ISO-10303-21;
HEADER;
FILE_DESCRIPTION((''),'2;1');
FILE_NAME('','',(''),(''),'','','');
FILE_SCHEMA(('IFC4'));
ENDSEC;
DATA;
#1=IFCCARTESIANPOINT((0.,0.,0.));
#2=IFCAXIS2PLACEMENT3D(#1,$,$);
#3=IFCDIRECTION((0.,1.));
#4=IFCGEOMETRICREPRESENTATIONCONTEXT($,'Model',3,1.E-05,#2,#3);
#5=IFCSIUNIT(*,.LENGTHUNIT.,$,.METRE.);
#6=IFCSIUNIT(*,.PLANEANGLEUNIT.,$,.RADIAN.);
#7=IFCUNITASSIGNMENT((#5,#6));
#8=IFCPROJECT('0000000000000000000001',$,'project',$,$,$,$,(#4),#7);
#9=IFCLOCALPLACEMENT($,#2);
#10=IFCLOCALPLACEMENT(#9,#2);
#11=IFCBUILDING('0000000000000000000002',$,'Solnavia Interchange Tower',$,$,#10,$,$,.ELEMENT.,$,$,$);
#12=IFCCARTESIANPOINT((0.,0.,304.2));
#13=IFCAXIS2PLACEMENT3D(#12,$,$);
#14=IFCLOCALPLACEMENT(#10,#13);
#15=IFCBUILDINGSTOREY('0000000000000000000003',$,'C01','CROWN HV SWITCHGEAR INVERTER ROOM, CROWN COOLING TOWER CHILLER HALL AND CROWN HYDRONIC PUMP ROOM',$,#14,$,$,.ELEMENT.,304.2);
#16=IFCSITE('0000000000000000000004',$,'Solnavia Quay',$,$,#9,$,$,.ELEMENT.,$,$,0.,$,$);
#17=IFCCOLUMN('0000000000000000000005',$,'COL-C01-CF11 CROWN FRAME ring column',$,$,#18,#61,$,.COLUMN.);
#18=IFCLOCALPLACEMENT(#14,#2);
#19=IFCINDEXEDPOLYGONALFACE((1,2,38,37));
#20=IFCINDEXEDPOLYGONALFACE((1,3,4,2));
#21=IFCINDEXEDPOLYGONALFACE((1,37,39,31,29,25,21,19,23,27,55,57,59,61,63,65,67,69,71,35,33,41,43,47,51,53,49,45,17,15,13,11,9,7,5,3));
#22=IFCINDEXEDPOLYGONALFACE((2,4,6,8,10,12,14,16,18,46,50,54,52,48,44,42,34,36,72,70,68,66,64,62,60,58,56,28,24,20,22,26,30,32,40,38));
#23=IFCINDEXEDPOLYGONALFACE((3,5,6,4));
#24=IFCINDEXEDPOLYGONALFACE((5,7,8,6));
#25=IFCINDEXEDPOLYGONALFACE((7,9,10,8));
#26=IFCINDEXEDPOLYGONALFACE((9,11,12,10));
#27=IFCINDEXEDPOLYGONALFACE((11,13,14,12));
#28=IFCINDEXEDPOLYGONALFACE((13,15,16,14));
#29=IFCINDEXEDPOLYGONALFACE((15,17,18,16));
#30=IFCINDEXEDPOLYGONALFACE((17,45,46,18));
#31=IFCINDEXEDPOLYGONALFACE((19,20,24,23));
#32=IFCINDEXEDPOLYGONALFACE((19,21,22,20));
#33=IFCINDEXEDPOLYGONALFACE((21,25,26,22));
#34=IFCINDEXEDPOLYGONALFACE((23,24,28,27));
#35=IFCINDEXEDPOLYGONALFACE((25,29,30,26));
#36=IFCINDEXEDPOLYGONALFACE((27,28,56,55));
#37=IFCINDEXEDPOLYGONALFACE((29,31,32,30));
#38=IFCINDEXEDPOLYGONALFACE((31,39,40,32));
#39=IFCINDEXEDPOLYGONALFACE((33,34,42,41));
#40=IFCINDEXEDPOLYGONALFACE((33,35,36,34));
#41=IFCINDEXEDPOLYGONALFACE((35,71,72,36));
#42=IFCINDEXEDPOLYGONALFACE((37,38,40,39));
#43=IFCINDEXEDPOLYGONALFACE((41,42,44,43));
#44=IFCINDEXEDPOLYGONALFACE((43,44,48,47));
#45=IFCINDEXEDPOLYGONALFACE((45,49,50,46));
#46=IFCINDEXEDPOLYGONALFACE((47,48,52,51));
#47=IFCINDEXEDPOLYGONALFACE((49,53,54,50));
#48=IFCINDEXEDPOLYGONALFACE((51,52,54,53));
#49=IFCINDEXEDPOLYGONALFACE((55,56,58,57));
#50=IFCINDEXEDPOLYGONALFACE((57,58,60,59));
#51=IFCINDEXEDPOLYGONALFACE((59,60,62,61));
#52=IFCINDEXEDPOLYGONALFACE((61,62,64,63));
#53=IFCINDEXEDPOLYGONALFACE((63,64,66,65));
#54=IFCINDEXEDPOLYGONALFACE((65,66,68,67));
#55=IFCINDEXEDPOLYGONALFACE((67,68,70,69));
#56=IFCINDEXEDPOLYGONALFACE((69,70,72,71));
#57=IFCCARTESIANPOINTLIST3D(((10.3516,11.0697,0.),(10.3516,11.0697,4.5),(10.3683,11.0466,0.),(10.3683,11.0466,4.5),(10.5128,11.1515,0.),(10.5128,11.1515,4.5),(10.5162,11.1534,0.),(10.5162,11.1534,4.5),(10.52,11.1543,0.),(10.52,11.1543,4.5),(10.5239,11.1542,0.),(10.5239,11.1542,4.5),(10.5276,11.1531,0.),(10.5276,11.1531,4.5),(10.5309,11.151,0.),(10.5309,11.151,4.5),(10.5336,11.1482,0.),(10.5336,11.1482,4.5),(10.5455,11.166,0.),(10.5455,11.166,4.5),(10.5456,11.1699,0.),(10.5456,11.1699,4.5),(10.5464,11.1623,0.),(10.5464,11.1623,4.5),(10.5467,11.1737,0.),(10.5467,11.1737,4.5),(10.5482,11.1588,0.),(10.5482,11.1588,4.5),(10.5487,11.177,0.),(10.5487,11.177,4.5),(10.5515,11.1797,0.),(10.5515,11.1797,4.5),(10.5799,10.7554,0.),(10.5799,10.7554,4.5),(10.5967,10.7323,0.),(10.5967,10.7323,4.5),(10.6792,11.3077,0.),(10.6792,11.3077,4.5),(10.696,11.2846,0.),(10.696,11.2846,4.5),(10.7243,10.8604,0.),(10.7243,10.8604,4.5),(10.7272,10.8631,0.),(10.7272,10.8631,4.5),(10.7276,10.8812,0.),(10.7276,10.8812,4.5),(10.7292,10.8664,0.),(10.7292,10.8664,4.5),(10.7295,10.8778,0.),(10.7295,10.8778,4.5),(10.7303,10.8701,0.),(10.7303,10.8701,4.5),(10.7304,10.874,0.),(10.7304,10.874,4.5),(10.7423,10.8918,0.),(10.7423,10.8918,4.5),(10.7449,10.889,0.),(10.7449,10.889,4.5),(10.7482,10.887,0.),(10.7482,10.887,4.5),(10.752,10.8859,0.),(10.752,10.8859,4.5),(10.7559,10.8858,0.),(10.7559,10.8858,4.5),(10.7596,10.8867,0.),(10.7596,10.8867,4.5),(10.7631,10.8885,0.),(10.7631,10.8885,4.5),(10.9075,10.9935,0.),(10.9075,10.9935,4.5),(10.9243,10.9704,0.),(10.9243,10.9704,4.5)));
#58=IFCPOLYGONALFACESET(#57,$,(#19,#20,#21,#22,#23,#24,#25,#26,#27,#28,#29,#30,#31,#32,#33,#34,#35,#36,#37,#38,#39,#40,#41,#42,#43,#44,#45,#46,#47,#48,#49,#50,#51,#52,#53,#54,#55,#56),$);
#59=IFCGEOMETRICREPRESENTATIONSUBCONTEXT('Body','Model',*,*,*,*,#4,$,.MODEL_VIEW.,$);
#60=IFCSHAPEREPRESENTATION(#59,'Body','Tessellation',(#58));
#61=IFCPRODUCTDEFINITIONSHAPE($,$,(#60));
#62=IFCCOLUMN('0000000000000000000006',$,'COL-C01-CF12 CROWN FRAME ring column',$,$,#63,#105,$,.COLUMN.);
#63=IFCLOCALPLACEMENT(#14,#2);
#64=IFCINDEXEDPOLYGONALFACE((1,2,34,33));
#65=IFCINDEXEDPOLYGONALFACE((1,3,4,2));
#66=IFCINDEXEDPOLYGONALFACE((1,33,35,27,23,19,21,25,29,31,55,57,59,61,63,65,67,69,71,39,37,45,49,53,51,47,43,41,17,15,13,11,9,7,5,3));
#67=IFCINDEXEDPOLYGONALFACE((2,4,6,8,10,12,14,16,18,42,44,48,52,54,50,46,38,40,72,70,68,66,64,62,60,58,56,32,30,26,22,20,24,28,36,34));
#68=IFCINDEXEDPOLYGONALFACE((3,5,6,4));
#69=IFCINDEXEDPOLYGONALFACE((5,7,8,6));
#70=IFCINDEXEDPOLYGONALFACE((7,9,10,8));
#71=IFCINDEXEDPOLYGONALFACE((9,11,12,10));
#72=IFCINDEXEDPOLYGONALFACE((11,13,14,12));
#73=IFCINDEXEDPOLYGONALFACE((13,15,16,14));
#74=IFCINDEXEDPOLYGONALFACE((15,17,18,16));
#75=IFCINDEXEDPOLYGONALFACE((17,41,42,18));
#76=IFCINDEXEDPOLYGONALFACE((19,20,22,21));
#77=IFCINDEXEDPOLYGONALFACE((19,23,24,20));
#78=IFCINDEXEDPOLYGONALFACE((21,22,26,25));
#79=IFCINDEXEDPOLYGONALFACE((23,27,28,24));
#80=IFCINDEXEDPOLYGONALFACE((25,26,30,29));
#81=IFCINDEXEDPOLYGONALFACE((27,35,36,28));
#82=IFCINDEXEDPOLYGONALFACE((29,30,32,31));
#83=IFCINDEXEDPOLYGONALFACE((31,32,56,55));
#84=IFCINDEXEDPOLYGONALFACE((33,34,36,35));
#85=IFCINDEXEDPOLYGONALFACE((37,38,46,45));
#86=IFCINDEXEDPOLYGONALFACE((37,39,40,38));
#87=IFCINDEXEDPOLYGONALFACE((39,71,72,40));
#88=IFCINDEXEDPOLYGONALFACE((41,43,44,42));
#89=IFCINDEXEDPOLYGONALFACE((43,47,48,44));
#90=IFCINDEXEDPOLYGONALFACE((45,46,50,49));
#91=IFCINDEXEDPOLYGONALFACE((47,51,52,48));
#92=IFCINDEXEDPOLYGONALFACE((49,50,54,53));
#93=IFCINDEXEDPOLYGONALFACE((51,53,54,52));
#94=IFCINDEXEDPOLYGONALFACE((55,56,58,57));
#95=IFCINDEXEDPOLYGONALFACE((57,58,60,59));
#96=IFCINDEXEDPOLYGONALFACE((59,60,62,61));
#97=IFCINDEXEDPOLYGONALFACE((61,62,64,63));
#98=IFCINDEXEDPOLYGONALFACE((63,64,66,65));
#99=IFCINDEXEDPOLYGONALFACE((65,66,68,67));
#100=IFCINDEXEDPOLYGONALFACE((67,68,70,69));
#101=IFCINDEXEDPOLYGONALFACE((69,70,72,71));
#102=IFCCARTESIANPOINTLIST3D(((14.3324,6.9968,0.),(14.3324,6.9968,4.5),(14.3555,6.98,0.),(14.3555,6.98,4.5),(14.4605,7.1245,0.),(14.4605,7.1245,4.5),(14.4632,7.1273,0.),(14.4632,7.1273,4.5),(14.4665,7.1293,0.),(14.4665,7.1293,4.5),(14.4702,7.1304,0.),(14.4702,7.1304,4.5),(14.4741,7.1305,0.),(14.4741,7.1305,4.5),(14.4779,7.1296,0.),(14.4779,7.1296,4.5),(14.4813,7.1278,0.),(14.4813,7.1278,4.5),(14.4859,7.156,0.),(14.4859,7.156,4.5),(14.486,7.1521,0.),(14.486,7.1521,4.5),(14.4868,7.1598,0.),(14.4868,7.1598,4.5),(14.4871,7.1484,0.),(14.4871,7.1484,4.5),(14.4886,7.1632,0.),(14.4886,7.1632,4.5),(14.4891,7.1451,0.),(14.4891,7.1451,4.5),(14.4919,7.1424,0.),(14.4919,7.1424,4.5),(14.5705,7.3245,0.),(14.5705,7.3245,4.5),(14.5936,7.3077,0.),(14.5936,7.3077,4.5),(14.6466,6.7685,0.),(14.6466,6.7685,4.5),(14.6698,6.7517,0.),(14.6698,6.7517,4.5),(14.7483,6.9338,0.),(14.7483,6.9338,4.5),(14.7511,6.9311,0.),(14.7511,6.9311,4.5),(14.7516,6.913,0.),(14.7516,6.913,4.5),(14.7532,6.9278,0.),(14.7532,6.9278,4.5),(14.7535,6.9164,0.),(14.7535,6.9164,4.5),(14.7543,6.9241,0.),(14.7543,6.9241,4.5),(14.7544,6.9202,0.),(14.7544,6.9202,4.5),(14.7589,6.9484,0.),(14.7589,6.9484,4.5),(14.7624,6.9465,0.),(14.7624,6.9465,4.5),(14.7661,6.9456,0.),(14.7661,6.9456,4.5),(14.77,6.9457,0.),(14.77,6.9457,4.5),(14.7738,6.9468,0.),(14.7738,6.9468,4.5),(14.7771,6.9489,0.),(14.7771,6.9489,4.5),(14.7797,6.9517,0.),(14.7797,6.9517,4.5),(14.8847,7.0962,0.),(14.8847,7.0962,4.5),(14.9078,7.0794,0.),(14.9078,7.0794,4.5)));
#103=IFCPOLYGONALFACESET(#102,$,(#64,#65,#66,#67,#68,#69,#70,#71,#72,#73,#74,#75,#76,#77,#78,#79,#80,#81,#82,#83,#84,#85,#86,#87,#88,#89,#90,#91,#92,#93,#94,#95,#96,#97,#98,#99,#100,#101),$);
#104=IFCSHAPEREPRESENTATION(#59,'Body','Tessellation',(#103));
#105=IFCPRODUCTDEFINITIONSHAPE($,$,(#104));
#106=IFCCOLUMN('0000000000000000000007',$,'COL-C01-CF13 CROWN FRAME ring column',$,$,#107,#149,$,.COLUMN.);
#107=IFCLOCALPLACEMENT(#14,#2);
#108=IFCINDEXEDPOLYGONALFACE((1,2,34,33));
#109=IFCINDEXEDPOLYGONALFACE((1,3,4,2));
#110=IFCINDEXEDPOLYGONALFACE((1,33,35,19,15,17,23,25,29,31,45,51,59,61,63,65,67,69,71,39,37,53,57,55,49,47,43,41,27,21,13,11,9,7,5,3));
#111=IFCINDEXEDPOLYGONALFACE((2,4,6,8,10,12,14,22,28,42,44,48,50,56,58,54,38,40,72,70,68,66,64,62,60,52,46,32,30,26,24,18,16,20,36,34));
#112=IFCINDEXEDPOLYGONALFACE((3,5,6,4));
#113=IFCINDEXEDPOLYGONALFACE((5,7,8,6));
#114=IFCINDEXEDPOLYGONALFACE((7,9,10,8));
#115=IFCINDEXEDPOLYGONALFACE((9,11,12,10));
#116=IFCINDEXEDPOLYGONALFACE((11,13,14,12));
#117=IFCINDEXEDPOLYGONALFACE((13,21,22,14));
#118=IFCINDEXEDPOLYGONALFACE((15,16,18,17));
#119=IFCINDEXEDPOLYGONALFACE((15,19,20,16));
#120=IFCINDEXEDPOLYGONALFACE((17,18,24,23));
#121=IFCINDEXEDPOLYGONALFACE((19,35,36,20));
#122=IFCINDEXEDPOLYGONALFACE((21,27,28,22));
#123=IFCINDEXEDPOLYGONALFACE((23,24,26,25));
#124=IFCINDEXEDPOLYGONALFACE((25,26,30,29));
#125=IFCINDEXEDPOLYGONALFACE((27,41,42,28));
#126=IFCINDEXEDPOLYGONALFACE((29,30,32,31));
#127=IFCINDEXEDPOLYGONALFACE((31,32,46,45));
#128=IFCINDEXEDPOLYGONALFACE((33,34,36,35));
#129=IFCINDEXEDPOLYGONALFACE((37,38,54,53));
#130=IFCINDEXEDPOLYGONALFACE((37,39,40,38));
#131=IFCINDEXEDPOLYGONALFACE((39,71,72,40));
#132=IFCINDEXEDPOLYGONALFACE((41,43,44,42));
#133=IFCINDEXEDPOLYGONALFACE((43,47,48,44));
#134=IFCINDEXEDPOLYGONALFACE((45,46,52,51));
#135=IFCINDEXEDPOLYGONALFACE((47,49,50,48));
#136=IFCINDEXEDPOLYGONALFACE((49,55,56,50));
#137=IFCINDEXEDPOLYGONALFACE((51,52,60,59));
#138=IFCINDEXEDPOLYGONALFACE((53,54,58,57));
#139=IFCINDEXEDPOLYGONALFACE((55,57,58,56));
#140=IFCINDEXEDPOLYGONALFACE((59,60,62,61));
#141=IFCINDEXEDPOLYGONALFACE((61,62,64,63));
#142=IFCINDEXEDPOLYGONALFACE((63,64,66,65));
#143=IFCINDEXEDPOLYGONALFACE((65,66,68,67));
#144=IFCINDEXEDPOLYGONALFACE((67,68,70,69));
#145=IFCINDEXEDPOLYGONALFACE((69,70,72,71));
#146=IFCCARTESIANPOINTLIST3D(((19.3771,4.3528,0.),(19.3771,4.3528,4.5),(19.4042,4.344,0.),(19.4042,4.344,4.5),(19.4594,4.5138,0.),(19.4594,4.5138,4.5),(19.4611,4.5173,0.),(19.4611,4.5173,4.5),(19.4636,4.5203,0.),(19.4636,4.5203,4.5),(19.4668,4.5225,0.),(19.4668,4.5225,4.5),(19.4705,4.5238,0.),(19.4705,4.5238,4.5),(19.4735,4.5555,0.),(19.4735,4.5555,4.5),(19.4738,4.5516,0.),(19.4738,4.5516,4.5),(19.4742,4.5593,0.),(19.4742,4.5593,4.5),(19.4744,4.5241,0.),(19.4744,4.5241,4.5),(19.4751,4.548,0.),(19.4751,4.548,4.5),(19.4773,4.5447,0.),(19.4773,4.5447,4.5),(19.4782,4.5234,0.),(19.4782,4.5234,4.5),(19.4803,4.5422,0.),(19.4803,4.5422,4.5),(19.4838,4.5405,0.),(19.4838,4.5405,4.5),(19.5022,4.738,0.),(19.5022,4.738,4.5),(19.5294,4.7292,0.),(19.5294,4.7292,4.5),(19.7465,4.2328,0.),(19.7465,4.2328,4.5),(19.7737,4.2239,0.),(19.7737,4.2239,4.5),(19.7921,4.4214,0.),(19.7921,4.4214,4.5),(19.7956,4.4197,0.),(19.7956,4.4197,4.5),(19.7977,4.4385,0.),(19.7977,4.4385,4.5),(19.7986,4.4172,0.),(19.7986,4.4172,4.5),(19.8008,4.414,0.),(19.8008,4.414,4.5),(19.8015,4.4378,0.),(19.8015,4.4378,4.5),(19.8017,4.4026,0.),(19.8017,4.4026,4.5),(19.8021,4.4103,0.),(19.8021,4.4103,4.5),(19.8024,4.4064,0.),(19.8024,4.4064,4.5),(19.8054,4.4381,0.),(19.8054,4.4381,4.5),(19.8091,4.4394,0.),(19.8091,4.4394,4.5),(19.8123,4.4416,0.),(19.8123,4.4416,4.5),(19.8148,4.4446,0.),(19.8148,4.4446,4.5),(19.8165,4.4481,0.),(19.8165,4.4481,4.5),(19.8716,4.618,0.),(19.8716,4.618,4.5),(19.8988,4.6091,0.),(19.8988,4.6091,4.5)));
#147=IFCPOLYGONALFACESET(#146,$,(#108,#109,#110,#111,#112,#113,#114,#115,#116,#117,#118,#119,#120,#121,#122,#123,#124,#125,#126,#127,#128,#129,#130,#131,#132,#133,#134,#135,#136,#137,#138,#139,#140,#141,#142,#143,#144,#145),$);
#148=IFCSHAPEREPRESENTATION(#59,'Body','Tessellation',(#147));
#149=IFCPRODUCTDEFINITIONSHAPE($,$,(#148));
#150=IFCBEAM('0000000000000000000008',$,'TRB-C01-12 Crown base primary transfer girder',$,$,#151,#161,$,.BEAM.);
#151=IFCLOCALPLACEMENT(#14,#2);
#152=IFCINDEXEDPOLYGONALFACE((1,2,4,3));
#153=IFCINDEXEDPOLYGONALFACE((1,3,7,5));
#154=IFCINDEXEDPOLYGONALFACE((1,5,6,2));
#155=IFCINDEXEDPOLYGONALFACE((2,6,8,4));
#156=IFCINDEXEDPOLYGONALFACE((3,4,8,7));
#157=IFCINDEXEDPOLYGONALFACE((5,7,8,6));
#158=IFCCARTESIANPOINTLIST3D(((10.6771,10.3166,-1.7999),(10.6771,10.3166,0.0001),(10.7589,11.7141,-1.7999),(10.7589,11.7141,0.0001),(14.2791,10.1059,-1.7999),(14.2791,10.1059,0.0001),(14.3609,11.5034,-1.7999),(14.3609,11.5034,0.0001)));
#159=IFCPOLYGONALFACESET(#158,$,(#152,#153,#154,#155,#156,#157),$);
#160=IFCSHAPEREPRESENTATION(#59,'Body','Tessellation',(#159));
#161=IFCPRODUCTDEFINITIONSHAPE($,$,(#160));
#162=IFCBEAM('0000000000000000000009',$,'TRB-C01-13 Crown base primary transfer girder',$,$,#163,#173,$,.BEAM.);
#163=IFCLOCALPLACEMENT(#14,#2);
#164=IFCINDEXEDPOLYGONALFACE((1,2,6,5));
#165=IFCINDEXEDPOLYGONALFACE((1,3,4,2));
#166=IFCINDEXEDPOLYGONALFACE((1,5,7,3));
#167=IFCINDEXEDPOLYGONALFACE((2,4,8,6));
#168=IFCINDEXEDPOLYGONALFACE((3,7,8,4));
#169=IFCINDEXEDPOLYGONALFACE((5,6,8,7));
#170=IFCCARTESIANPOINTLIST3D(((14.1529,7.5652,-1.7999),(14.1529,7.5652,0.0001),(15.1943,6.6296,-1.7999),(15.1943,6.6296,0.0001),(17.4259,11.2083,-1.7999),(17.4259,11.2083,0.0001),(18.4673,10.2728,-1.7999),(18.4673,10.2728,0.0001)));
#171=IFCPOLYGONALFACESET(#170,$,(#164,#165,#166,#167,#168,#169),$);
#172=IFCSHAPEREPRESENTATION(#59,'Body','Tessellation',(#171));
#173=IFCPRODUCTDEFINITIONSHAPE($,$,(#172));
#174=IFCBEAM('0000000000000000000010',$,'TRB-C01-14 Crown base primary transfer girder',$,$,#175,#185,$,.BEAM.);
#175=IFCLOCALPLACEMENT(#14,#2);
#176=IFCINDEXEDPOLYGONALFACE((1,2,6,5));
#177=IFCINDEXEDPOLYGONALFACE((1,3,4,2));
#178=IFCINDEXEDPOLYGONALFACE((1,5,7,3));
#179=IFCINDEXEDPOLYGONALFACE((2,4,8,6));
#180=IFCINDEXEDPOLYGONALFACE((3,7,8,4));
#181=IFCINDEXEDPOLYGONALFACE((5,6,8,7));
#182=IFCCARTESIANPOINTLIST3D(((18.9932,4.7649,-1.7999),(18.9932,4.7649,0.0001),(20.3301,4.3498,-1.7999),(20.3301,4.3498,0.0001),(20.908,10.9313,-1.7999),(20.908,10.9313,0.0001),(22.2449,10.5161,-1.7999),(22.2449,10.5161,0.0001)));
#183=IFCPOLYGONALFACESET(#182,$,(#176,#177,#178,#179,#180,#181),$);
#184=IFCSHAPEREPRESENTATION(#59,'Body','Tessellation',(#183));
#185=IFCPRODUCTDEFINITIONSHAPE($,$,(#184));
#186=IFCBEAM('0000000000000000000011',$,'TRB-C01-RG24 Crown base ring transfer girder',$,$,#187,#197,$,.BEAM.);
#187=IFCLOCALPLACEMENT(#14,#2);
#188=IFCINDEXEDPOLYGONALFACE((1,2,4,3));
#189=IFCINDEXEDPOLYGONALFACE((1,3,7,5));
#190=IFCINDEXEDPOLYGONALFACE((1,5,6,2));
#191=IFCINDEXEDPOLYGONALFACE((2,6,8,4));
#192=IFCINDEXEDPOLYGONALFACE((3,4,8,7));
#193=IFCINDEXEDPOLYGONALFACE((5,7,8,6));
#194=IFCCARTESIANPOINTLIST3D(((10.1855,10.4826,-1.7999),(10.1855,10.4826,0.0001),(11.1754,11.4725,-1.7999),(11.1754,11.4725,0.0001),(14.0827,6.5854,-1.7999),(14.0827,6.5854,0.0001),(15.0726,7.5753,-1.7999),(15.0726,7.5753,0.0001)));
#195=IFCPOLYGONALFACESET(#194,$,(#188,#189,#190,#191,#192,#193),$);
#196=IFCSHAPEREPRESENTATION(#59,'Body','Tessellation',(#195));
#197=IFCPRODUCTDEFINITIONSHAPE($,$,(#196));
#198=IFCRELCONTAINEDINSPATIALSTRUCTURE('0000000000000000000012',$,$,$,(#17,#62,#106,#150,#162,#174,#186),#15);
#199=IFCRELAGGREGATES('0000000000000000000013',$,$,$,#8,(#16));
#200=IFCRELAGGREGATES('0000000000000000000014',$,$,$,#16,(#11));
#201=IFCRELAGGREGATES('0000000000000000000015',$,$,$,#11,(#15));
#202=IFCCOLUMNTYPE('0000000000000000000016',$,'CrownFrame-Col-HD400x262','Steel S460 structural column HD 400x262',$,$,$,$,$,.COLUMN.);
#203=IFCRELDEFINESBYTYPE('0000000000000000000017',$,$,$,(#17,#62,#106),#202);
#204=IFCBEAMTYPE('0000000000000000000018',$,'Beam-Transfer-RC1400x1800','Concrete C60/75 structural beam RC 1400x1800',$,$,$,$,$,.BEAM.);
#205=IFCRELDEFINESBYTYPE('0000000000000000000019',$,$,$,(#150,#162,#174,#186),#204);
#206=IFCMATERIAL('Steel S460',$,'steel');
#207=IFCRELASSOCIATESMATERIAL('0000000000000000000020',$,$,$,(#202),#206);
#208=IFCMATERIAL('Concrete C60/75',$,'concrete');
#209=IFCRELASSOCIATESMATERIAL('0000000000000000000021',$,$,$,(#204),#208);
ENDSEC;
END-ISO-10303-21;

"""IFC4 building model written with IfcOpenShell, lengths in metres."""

from ifc_helpers import new_model, si_unit, direction, frame, origin, origin_2d, place, context, subcontext, project, spatial, rectangle, i_section, extrude, material, material_profile, profile_set, type_object, element, save


model = new_model("IFC4")

# Units and contexts
model_context = context("Model", 3, precision=1e-05, world=origin(), true_north=direction((0.0, 1.0)))
body_context = subcontext(model_context, "Body", "Model", "MODEL_VIEW")
ifc_project = project(units=[si_unit("LENGTHUNIT", "METRE"), si_unit("PLANEANGLEUNIT", "RADIAN")], contexts=[model_context])

# Site, building, storey
site_placement = place(None, origin())
site = spatial("IfcSite", under=ifc_project, at=site_placement, Name="Solnavia Quay", CompositionType="ELEMENT", RefElevation=0.0)
building_placement = place(site_placement, origin())
building = spatial("IfcBuilding", under=site, at=building_placement, Name="Solnavia Interchange Tower", CompositionType="ELEMENT")
storey_placement = place(building_placement, frame((0.0, 0.0, 304.2)))
storey = spatial("IfcBuildingStorey", under=building, at=storey_placement, Name="C01", Description="CROWN HV SWITCHGEAR INVERTER ROOM, CROWN COOLING TOWER CHILLER HALL AND CROWN HYDRONIC PUMP ROOM", CompositionType="ELEMENT", Elevation=304.2)

# Columns
ifc_material_1 = material(Name="Steel S460", Category="steel")
ifc_material_profile_1 = material_profile(ifc_material_1, i_section(OverallWidth=0.405, OverallDepth=0.417, WebThickness=0.0181, FlangeThickness=0.0286, FilletRadius=0.0149, at=origin_2d()), Name="HD 400x262")
ifc_profile_set_1 = profile_set([ifc_material_profile_1], Name="Steel S460")
column_type = type_object("IfcColumnType", Name="CrownFrame-Col-HD400x262", Description="Steel S460 structural column HD 400x262", PredefinedType="COLUMN", material=ifc_profile_set_1)
for number, where, z_axis, x_axis, name in (
    (1, (10.6379, 11.02, 0.0), (0.0, 0.0, 1.0), (-0.809017, -0.587785, 0.0), "COL-C01-CF11 CROWN FRAME ring column"),
    (2, (14.6201, 7.0381, 0.0), (0.0, 0.0, 1.0), (-0.587785, -0.809017, 0.0), "COL-C01-CF12 CROWN FRAME ring column"),
    (3, (19.6379, 4.481, 0.0), (0.0, 0.0, 1.0), (-0.309017, -0.951057, 0.0), "COL-C01-CF13 CROWN FRAME ring column"),
):
    element("IfcColumn", number, at=place(storey_placement, frame(where, z_axis=z_axis, x_axis=x_axis)), inside=storey, type_object=column_type, Name=name, PredefinedType="COLUMN", context=body_context, shape_type="SweptSolid", body=[
        extrude(i_section(OverallWidth=0.405, OverallDepth=0.417, WebThickness=0.0181, FlangeThickness=0.0286, FilletRadius=0.0149, at=origin_2d()), origin(), (0.0, 0.0, 1.0), 4.5),
    ])

# Beams
ifc_material_2 = material(Name="Concrete C60/75", Category="concrete")
ifc_material_profile_2 = material_profile(ifc_material_2, rectangle(XDim=1.3999, YDim=1.8, at=origin_2d()), Name="RC 1400x1800")
ifc_profile_set_2 = profile_set([ifc_material_profile_2], Name="Concrete C60/75")
beam_type = type_object("IfcBeamType", Name="Beam-Transfer-RC1400x1800", Description="Concrete C60/75 structural beam RC 1400x1800", PredefinedType="BEAM", material=ifc_profile_set_2)
beam_1_placement = place(storey_placement, frame((10.718, 11.0154, -0.8999), z_axis=(0.998294, -0.058393, 0.0), x_axis=(0.058393, 0.998294, 0.0)))
element("IfcBeam", 4, at=beam_1_placement, inside=storey, type_object=beam_type, Name="TRB-C01-12 Crown base primary transfer girder", PredefinedType="BEAM", context=body_context, shape_type="SweptSolid", body=[
    extrude(rectangle(XDim=1.3999, YDim=1.8, at=origin_2d()), origin(), (0.0, 0.0, 1.0), 3.6082),
])
beam_2_placement = place(storey_placement, frame((14.6736, 7.0974, -0.8999), z_axis=(0.668309, 0.743884, 0.0), x_axis=(-0.743884, 0.668309, 0.0)))
element("IfcBeam", 5, at=beam_2_placement, inside=storey, type_object=beam_type, Name="TRB-C01-13 Crown base primary transfer girder", PredefinedType="BEAM", context=body_context, shape_type="SweptSolid", body=[
    extrude(rectangle(XDim=1.3999, YDim=1.8, at=origin_2d()), origin(), (0.0, 0.0, 1.0), 4.8975),
])
beam_3_placement = place(storey_placement, frame((19.6616, 4.5574, -0.8999), z_axis=(0.296559, 0.955015, 0.0), x_axis=(-0.955015, 0.296559, 0.0)))
element("IfcBeam", 6, at=beam_3_placement, inside=storey, type_object=beam_type, Name="TRB-C01-14 Crown base primary transfer girder", PredefinedType="BEAM", context=body_context, shape_type="SweptSolid", body=[
    extrude(rectangle(XDim=1.3999, YDim=1.8, at=origin_2d()), origin(), (0.0, 0.0, 1.0), 6.4568),
])
beam_4_placement = place(storey_placement, frame((10.6804, 10.9775, -0.8999), z_axis=(0.707107, -0.707107, 0.0), x_axis=(0.707107, 0.707107, 0.0)))
element("IfcBeam", 7, at=beam_4_placement, inside=storey, type_object=beam_type, Name="TRB-C01-RG24 Crown base ring transfer girder", PredefinedType="BEAM", context=body_context, shape_type="SweptSolid", body=[
    extrude(rectangle(XDim=1.3999, YDim=1.8, at=origin_2d()), origin(), (0.0, 0.0, 1.0), 5.5115),
])

save(model, "model.ifc")
